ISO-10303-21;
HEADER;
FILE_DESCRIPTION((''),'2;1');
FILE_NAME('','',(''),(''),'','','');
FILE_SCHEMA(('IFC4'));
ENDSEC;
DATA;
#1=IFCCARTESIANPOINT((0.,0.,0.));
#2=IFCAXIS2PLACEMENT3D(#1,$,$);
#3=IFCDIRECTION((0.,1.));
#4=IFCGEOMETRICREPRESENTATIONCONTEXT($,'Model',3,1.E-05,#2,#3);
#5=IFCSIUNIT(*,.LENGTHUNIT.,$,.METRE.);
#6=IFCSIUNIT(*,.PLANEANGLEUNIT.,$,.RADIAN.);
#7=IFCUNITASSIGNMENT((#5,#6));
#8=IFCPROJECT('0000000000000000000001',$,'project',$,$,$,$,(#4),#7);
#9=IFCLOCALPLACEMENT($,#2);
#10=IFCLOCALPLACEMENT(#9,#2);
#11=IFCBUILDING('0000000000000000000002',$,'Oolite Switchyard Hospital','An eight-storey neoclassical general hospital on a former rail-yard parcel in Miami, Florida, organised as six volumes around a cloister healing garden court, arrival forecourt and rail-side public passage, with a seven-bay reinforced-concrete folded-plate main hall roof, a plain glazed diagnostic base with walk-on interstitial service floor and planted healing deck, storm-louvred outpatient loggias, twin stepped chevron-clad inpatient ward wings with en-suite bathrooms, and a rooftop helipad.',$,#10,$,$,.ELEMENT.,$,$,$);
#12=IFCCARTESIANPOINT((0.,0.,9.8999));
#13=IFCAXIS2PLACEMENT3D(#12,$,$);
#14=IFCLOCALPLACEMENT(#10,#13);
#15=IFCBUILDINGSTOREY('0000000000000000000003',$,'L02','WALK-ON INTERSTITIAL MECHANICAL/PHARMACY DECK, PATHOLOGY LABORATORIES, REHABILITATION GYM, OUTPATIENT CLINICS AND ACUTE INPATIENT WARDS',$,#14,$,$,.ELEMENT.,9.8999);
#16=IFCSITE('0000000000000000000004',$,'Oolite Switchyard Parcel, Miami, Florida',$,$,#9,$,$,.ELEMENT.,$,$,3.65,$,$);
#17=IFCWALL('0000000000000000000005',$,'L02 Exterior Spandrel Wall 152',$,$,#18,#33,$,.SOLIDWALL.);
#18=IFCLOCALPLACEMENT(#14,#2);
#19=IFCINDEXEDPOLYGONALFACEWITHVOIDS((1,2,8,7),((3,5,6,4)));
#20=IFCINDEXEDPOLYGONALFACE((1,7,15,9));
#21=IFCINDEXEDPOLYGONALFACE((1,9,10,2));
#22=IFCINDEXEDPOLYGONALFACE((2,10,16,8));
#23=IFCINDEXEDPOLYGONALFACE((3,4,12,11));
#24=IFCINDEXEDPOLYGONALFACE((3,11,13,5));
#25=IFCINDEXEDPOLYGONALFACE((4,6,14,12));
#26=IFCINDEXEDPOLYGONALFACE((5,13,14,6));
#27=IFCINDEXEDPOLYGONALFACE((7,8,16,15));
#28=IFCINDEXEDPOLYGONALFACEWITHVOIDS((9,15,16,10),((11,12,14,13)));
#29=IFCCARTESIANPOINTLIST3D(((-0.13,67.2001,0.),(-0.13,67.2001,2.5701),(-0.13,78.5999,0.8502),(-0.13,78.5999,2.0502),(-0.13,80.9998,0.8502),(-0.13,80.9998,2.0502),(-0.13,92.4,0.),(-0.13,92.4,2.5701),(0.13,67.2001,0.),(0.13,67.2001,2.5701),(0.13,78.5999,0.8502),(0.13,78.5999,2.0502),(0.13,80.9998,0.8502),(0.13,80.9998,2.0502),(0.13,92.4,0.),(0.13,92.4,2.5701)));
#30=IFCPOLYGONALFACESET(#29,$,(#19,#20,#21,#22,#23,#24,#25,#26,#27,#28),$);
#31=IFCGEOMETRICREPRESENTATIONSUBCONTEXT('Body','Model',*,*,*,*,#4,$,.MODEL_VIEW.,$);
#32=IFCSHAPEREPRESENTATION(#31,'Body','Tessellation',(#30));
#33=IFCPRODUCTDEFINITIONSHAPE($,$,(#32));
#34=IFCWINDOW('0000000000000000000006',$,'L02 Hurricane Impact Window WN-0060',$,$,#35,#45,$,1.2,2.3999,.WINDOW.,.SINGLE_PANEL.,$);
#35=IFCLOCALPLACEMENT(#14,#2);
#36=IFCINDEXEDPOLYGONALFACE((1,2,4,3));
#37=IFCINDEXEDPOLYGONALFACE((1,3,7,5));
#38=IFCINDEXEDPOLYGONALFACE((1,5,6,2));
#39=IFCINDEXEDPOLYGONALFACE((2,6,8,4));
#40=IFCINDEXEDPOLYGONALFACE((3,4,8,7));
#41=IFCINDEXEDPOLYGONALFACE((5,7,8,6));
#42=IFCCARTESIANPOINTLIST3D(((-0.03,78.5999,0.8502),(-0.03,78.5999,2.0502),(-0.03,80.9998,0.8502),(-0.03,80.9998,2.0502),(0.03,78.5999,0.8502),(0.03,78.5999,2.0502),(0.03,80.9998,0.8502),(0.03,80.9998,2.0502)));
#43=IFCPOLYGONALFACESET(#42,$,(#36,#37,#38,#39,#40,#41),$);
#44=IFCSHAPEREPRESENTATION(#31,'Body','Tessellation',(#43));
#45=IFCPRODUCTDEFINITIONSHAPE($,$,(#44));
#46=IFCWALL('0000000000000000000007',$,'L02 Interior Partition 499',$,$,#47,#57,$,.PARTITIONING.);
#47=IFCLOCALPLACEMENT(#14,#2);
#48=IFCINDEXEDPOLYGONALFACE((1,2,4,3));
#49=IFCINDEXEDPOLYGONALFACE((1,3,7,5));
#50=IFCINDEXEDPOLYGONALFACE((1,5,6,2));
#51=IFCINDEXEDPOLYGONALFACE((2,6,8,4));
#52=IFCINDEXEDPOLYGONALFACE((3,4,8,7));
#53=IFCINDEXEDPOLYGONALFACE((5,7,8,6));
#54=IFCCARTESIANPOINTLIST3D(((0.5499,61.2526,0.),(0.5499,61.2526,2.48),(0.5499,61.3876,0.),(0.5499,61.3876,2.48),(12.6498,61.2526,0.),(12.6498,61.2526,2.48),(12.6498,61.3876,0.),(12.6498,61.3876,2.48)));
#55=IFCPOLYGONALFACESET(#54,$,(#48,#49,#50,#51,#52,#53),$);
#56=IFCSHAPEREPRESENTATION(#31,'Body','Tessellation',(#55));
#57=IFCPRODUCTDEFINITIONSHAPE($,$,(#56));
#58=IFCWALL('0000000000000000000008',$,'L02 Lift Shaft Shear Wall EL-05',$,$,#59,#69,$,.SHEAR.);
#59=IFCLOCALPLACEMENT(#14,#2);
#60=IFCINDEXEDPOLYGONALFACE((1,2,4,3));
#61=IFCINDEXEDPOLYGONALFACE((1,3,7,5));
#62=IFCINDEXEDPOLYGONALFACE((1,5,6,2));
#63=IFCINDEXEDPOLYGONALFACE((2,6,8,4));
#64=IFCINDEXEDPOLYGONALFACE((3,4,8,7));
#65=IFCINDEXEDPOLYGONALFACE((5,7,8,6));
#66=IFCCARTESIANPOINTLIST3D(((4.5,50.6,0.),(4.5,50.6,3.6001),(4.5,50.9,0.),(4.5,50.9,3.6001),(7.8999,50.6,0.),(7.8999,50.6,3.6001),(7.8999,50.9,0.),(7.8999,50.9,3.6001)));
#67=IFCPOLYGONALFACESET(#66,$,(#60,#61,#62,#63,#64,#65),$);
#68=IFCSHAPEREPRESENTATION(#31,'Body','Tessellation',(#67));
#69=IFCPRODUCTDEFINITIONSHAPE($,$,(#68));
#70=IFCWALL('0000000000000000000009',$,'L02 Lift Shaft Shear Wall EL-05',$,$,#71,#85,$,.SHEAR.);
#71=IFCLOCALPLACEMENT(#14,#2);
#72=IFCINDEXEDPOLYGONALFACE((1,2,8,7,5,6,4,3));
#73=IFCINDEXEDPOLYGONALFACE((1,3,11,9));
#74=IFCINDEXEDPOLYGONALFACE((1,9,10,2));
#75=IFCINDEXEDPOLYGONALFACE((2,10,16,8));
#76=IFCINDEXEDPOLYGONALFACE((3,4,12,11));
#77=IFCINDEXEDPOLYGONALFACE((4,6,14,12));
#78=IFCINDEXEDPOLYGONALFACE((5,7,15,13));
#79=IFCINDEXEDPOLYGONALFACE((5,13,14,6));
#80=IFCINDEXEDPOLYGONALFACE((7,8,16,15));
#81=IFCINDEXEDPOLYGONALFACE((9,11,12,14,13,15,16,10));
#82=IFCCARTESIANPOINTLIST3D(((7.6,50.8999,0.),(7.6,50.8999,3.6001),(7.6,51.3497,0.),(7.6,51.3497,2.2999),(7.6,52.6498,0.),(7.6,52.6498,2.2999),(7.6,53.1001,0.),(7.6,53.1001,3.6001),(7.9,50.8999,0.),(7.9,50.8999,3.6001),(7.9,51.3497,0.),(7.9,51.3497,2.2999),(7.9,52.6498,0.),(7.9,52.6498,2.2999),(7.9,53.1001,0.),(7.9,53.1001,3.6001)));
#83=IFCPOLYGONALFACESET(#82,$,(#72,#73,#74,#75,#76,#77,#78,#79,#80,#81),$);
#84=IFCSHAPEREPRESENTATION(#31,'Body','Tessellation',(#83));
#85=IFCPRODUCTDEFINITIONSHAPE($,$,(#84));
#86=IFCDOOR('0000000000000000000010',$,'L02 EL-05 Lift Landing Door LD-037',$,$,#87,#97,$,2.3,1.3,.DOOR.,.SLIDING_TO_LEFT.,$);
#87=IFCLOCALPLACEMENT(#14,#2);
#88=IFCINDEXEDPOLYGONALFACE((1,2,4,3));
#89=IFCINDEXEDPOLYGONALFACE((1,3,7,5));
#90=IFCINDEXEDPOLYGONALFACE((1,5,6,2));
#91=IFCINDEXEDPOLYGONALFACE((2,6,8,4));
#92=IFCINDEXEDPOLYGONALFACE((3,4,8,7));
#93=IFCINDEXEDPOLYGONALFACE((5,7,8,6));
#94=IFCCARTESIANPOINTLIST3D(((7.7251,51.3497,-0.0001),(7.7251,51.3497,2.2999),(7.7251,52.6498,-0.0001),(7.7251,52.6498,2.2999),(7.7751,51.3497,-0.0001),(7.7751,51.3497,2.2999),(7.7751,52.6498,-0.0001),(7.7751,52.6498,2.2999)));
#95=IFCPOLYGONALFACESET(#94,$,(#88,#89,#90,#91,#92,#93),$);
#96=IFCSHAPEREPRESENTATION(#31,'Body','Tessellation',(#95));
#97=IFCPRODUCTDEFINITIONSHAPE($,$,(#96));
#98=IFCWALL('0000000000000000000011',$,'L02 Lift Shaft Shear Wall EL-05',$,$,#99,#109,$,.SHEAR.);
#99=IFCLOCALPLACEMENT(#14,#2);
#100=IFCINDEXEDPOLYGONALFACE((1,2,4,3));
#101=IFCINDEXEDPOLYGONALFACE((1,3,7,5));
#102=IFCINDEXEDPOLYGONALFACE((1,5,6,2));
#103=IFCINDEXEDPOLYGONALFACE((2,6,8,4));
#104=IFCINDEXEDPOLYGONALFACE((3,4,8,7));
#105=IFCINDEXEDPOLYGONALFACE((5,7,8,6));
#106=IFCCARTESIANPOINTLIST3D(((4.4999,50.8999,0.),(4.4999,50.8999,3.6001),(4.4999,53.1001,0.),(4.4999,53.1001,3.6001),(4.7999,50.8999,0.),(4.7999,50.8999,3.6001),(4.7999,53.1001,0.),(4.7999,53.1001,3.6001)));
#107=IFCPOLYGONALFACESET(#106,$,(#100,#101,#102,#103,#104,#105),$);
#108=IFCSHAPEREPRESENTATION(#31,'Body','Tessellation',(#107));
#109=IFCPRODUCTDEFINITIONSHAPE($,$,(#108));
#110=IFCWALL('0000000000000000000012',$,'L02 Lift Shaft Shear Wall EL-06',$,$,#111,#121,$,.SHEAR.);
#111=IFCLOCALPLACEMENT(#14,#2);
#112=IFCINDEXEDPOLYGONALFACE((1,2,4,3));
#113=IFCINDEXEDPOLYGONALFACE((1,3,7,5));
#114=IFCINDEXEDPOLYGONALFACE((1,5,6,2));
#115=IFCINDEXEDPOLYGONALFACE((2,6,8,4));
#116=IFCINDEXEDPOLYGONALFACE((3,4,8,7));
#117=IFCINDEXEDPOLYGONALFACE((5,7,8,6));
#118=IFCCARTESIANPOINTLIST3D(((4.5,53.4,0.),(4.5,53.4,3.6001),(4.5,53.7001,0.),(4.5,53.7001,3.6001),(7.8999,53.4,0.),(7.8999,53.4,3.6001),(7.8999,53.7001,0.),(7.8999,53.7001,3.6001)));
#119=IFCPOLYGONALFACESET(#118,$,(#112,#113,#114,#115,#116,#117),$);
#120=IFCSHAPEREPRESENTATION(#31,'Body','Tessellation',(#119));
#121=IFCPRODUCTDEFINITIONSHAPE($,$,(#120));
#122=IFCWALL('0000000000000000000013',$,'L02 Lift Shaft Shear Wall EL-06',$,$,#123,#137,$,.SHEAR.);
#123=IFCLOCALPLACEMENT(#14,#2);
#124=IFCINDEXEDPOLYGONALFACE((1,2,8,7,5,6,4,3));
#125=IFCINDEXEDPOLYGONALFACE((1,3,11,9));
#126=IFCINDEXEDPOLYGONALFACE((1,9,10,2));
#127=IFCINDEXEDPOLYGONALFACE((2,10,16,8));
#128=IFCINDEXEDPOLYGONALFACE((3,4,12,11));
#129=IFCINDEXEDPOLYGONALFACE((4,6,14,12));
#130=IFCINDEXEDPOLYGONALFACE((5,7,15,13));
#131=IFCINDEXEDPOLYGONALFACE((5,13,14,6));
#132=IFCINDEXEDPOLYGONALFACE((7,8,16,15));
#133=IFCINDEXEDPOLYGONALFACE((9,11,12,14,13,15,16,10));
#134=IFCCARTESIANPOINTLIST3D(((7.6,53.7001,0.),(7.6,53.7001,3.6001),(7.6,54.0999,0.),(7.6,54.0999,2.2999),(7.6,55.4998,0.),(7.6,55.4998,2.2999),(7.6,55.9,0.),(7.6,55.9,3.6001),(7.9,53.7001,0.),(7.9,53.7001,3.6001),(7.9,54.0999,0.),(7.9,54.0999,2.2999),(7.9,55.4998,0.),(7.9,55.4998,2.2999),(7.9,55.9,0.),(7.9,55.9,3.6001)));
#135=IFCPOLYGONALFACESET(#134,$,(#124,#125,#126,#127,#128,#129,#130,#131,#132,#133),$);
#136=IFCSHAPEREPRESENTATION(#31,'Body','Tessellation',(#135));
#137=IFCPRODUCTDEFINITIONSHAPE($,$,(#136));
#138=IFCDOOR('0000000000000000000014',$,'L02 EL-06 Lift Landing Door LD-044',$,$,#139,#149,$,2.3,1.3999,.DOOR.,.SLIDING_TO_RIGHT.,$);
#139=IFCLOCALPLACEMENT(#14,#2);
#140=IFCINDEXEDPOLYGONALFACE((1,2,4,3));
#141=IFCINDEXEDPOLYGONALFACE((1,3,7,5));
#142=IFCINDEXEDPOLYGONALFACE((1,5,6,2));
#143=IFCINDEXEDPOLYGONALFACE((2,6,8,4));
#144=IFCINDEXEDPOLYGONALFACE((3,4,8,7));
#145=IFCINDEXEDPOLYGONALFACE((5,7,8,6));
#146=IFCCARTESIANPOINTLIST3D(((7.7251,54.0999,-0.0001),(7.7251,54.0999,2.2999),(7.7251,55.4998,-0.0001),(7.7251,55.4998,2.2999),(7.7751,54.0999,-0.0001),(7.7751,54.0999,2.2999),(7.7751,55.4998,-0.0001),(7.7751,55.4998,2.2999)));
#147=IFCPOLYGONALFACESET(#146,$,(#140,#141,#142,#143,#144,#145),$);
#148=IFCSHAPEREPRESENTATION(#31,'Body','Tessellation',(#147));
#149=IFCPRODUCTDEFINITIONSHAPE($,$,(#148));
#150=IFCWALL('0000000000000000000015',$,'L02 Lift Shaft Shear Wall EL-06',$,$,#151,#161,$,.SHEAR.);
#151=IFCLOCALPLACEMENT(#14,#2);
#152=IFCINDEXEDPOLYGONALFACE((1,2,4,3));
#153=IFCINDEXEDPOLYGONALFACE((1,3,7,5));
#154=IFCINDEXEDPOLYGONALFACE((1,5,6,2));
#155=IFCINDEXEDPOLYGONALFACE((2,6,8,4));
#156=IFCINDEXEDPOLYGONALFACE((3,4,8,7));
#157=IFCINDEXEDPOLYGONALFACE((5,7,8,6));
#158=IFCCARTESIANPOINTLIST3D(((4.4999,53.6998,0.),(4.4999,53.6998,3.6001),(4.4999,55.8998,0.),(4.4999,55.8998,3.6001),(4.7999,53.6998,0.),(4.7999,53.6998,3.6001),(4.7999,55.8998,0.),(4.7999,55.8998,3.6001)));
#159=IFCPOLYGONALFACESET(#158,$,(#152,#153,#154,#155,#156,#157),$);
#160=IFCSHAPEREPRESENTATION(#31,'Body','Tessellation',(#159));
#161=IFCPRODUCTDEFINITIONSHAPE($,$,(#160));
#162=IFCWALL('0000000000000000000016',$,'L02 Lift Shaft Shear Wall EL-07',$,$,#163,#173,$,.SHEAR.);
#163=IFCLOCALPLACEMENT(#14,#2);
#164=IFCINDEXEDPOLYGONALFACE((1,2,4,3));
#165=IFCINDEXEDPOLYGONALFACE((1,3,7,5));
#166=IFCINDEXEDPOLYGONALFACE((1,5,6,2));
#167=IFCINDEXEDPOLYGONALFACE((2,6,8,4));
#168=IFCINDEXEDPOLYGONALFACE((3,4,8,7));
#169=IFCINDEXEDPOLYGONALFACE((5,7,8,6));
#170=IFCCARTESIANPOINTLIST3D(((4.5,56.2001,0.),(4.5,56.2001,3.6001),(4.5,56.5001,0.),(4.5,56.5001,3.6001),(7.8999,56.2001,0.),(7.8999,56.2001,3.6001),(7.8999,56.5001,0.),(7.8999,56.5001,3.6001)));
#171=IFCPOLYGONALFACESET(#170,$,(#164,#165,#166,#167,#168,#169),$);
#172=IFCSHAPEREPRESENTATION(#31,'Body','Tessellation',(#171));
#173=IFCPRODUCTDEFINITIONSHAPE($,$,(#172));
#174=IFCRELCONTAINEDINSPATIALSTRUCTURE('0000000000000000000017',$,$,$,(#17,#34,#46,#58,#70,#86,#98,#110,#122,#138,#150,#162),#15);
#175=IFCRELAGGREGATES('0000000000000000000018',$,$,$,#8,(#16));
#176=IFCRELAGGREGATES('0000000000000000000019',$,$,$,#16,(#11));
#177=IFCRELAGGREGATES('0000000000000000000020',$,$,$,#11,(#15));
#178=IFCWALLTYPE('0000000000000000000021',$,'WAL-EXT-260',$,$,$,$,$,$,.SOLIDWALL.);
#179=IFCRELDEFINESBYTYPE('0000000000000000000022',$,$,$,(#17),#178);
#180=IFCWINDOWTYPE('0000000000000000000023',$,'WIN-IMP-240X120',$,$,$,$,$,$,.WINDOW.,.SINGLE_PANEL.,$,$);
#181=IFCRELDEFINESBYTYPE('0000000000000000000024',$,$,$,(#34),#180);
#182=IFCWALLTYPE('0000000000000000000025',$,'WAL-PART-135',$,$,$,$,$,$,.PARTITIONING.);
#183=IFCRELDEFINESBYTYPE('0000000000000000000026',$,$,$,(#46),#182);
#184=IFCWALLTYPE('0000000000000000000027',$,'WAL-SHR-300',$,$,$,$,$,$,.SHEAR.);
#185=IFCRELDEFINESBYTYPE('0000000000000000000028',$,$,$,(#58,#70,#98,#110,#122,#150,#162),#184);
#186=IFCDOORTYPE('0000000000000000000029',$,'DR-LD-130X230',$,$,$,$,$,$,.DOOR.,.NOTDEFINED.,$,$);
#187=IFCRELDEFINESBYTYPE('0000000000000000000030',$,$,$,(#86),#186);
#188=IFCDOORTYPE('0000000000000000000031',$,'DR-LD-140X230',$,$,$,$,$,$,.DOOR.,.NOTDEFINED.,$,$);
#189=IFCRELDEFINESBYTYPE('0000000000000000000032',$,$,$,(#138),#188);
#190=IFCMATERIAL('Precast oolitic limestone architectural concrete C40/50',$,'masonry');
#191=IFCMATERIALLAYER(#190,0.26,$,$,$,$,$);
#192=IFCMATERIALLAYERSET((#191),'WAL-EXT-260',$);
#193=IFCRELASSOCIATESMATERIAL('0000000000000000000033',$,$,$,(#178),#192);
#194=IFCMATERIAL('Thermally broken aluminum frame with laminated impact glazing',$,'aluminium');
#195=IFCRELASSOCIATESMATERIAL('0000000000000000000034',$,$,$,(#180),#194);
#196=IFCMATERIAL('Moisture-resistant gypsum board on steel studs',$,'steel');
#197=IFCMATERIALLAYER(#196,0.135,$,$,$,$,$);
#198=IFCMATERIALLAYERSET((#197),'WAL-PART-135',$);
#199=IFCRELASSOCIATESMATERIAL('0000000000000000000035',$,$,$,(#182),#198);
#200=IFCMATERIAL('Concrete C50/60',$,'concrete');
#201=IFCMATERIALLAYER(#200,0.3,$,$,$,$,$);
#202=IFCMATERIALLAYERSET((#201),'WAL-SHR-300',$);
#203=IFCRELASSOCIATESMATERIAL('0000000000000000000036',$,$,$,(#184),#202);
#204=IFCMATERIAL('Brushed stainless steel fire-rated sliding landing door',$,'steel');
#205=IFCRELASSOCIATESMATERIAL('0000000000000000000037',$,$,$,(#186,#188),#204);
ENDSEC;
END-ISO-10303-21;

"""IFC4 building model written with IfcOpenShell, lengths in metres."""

from ifc_helpers import new_model, si_unit, direction, frame, frame_2d, origin, place, context, subcontext, project, spatial, rectangle, extrude, material, layer, layer_set, type_object, element, fill, save


model = new_model("IFC4")

# Units and contexts
model_context = context("Model", 3, precision=1e-05, world=origin(), true_north=direction((0.0, 1.0)))
body_context = subcontext(model_context, "Body", "Model", "MODEL_VIEW")
ifc_project = project(units=[si_unit("LENGTHUNIT", "METRE"), si_unit("PLANEANGLEUNIT", "RADIAN")], contexts=[model_context])

# Site, building, storey
site_placement = place(None, origin())
site = spatial("IfcSite", under=ifc_project, at=site_placement, Name="Oolite Switchyard Parcel, Miami, Florida", CompositionType="ELEMENT", RefElevation=3.65)
building_placement = place(site_placement, origin())
building = spatial("IfcBuilding", under=site, at=building_placement, Name="Oolite Switchyard Hospital", Description="An eight-storey neoclassical general hospital on a former rail-yard parcel in Miami, Florida, organised as six volumes around a cloister healing garden court, arrival forecourt and rail-side public passage, with a seven-bay reinforced-concrete folded-plate main hall roof, a plain glazed diagnostic base with walk-on interstitial service floor and planted healing deck, storm-louvred outpatient loggias, twin stepped chevron-clad inpatient ward wings with en-suite bathrooms, and a rooftop helipad.", CompositionType="ELEMENT")
storey_placement = place(building_placement, frame((0.0, 0.0, 9.8999)))
storey = spatial("IfcBuildingStorey", under=building, at=storey_placement, Name="L02", Description="WALK-ON INTERSTITIAL MECHANICAL/PHARMACY DECK, PATHOLOGY LABORATORIES, REHABILITATION GYM, OUTPATIENT CLINICS AND ACUTE INPATIENT WARDS", CompositionType="ELEMENT", Elevation=9.8999)

# Shared definitions
ifc_material_1 = material(Name="Concrete C50/60", Category="concrete")

# Shared definitions
ifc_material_2 = material(Name="Precast oolitic limestone architectural concrete C40/50", Category="masonry")
ifc_layer_1 = layer(ifc_material_2, 0.26)
ifc_layer_set_1 = layer_set([ifc_layer_1], Name="WAL-EXT-260")
wall_type_1 = type_object("IfcWallType", Name="WAL-EXT-260", PredefinedType="SOLIDWALL", material=ifc_layer_set_1)

# Wall, opening, window
wall_1_placement = place(storey_placement, frame((0.0, 67.2, 0.0), z_axis=(0.0, 0.0, 1.0), x_axis=(0.0, 1.0, 0.0)))
wall_1 = element("IfcWall", 1, at=wall_1_placement, inside=storey, type_object=wall_type_1, Name="L02 Exterior Spandrel Wall 152", PredefinedType="SOLIDWALL", context=body_context, shape_type="SweptSolid", body=[
    extrude(rectangle(XDim=25.2, YDim=0.26, at=frame_2d((12.6001, 0.0))), origin(), (0.0, 0.0, 1.0), 2.5701),
])
opening_1_placement = place(wall_1_placement, frame((11.3999, 0.0, 0.8501)))
opening_1 = element("IfcOpeningElement", 2, at=opening_1_placement, cuts=wall_1, PredefinedType="OPENING", context=body_context, shape_type="SweptSolid", body=[
    extrude(rectangle(XDim=2.3999, YDim=1.2, at=frame_2d((1.2, 0.6001))), frame((0.0, 0.1401, 0.0), z_axis=(0.0, -1.0, 0.0), x_axis=(1.0, 0.0, 0.0)), (0.0, 0.0, 1.0), 0.28),
])
ifc_material_3 = material(Name="Thermally broken aluminum frame with laminated impact glazing", Category="aluminium")
window_type = type_object("IfcWindowType", Name="WIN-IMP-240X120", PartitioningType="SINGLE_PANEL", PredefinedType="WINDOW", material=ifc_material_3)
window_placement = place(opening_1_placement, origin())
window = element("IfcWindow", 3, at=window_placement, inside=storey, type_object=window_type, Name="L02 Hurricane Impact Window WN-0060", OverallHeight=1.2, OverallWidth=2.3999, PartitioningType="SINGLE_PANEL", PredefinedType="WINDOW", context=body_context, shape_type="SweptSolid", body=[
    extrude(rectangle(XDim=2.3999, YDim=1.2, at=frame_2d((1.2, 0.6001))), frame((0.0, 0.03, 0.0), z_axis=(0.0, -1.0, 0.0), x_axis=(1.0, 0.0, 0.0)), (0.0, 0.0, 1.0), 0.0601),
])
fill(opening_1, window)

# Walls
ifc_material_4 = material(Name="Moisture-resistant gypsum board on steel studs", Category="steel")
ifc_layer_2 = layer(ifc_material_4, 0.135)
ifc_layer_set_2 = layer_set([ifc_layer_2], Name="WAL-PART-135")
wall_type_2 = type_object("IfcWallType", Name="WAL-PART-135", PredefinedType="PARTITIONING", material=ifc_layer_set_2)
wall_2_placement = place(storey_placement, frame((0.55, 61.3201, 0.0), z_axis=(0.0, 0.0, 1.0), x_axis=(1.0, 0.0, 0.0)))
element("IfcWall", 4, at=wall_2_placement, inside=storey, type_object=wall_type_2, Name="L02 Interior Partition 499", PredefinedType="PARTITIONING", context=body_context, shape_type="SweptSolid", body=[
    extrude(rectangle(XDim=12.0999, YDim=0.135, at=frame_2d((6.0498, 0.0))), origin(), (0.0, 0.0, 1.0), 2.48),
])
ifc_layer_3 = layer(ifc_material_1, 0.3)
ifc_layer_set_3 = layer_set([ifc_layer_3], Name="WAL-SHR-300")
wall_type_3 = type_object("IfcWallType", Name="WAL-SHR-300", PredefinedType="SHEAR", material=ifc_layer_set_3)
wall_3_placement = place(storey_placement, frame((4.5, 50.75, 0.0), z_axis=(0.0, 0.0, 1.0), x_axis=(1.0, 0.0, 0.0)))
element("IfcWall", 5, at=wall_3_placement, inside=storey, type_object=wall_type_3, Name="L02 Lift Shaft Shear Wall EL-05", PredefinedType="SHEAR", context=body_context, shape_type="SweptSolid", body=[
    extrude(rectangle(XDim=3.3999, YDim=0.3, at=frame_2d((1.7, 0.0))), origin(), (0.0, 0.0, 1.0), 3.6001),
])

# Wall, opening, door
wall_4_placement = place(storey_placement, frame((7.75, 50.8999, 0.0), z_axis=(0.0, 0.0, 1.0), x_axis=(0.0, 1.0, 0.0)))
wall_4 = element("IfcWall", 6, at=wall_4_placement, inside=storey, type_object=wall_type_3, Name="L02 Lift Shaft Shear Wall EL-05", PredefinedType="SHEAR", context=body_context, shape_type="SweptSolid", body=[
    extrude(rectangle(XDim=2.2002, YDim=0.3, at=frame_2d((1.1001, 0.0))), origin(), (0.0, 0.0, 1.0), 3.6001),
])
opening_2_placement = place(wall_4_placement, frame((0.45, 0.0, 0.0)))
opening_2 = element("IfcOpeningElement", 7, at=opening_2_placement, cuts=wall_4, PredefinedType="OPENING", context=body_context, shape_type="SweptSolid", body=[
    extrude(rectangle(XDim=1.3, YDim=2.3, at=frame_2d((0.6499, 1.1499))), frame((0.0, 0.1602, 0.0), z_axis=(0.0, -1.0, 0.0), x_axis=(1.0, 0.0, 0.0)), (0.0, 0.0, 1.0), 0.3201),
])
ifc_material_5 = material(Name="Brushed stainless steel fire-rated sliding landing door", Category="steel")
door_type_1 = type_object("IfcDoorType", Name="DR-LD-130X230", OperationType="NOTDEFINED", PredefinedType="DOOR", material=ifc_material_5)
door_1_placement = place(opening_2_placement, origin())
door_1 = element("IfcDoor", 8, at=door_1_placement, inside=storey, type_object=door_type_1, Name="L02 EL-05 Lift Landing Door LD-037", OperationType="SLIDING_TO_LEFT", OverallHeight=2.3, OverallWidth=1.3, PredefinedType="DOOR", context=body_context, shape_type="SweptSolid", body=[
    extrude(rectangle(XDim=1.3, YDim=2.3, at=frame_2d((0.6499, 1.1499))), frame((0.0, 0.0249, 0.0), z_axis=(0.0, -1.0, 0.0), x_axis=(1.0, 0.0, 0.0)), (0.0, 0.0, 1.0), 0.05),
])
fill(opening_2, door_1)

# Walls
wall_5_placement = place(storey_placement, frame((4.6499, 53.1001, 0.0), z_axis=(0.0, 0.0, 1.0), x_axis=(0.0, -1.0, 0.0)))
element("IfcWall", 9, at=wall_5_placement, inside=storey, type_object=wall_type_3, Name="L02 Lift Shaft Shear Wall EL-05", PredefinedType="SHEAR", context=body_context, shape_type="SweptSolid", body=[
    extrude(rectangle(XDim=2.2002, YDim=0.3, at=frame_2d((1.1001, 0.0))), origin(), (0.0, 0.0, 1.0), 3.6001),
])
wall_6_placement = place(storey_placement, frame((4.5, 53.55, 0.0), z_axis=(0.0, 0.0, 1.0), x_axis=(1.0, 0.0, 0.0)))
element("IfcWall", 10, at=wall_6_placement, inside=storey, type_object=wall_type_3, Name="L02 Lift Shaft Shear Wall EL-06", PredefinedType="SHEAR", context=body_context, shape_type="SweptSolid", body=[
    extrude(rectangle(XDim=3.3999, YDim=0.3, at=frame_2d((1.7, 0.0))), origin(), (0.0, 0.0, 1.0), 3.6001),
])

# Wall, opening, door
wall_7_placement = place(storey_placement, frame((7.75, 53.7, 0.0), z_axis=(0.0, 0.0, 1.0), x_axis=(0.0, 1.0, 0.0)))
wall_7 = element("IfcWall", 11, at=wall_7_placement, inside=storey, type_object=wall_type_3, Name="L02 Lift Shaft Shear Wall EL-06", PredefinedType="SHEAR", context=body_context, shape_type="SweptSolid", body=[
    extrude(rectangle(XDim=2.2, YDim=0.3, at=frame_2d((1.1001, 0.0))), origin(), (0.0, 0.0, 1.0), 3.6001),
])
opening_3_placement = place(wall_7_placement, frame((0.3999, 0.0, 0.0)))
opening_3 = element("IfcOpeningElement", 12, at=opening_3_placement, cuts=wall_7, PredefinedType="OPENING", context=body_context, shape_type="SweptSolid", body=[
    extrude(rectangle(XDim=1.3999, YDim=2.3, at=frame_2d((0.7, 1.1499))), frame((0.0, 0.1602, 0.0), z_axis=(0.0, -1.0, 0.0), x_axis=(1.0, 0.0, 0.0)), (0.0, 0.0, 1.0), 0.3201),
])
door_type_2 = type_object("IfcDoorType", Name="DR-LD-140X230", OperationType="NOTDEFINED", PredefinedType="DOOR", material=ifc_material_5)
door_2_placement = place(opening_3_placement, origin())
door_2 = element("IfcDoor", 13, at=door_2_placement, inside=storey, type_object=door_type_2, Name="L02 EL-06 Lift Landing Door LD-044", OperationType="SLIDING_TO_RIGHT", OverallHeight=2.3, OverallWidth=1.3999, PredefinedType="DOOR", context=body_context, shape_type="SweptSolid", body=[
    extrude(rectangle(XDim=1.3999, YDim=2.3, at=frame_2d((0.7, 1.1499))), frame((0.0, 0.0249, 0.0), z_axis=(0.0, -1.0, 0.0), x_axis=(1.0, 0.0, 0.0)), (0.0, 0.0, 1.0), 0.05),
])
fill(opening_3, door_2)

# Walls
wall_8_placement = place(storey_placement, frame((4.6499, 55.8999, 0.0), z_axis=(0.0, 0.0, 1.0), x_axis=(0.0, -1.0, 0.0)))
element("IfcWall", 14, at=wall_8_placement, inside=storey, type_object=wall_type_3, Name="L02 Lift Shaft Shear Wall EL-06", PredefinedType="SHEAR", context=body_context, shape_type="SweptSolid", body=[
    extrude(rectangle(XDim=2.2, YDim=0.3, at=frame_2d((1.1001, 0.0))), origin(), (0.0, 0.0, 1.0), 3.6001),
])
wall_9_placement = place(storey_placement, frame((4.5, 56.3501, 0.0), z_axis=(0.0, 0.0, 1.0), x_axis=(1.0, 0.0, 0.0)))
element("IfcWall", 15, at=wall_9_placement, inside=storey, type_object=wall_type_3, Name="L02 Lift Shaft Shear Wall EL-07", PredefinedType="SHEAR", context=body_context, shape_type="SweptSolid", body=[
    extrude(rectangle(XDim=3.3999, YDim=0.3, at=frame_2d((1.7, 0.0))), origin(), (0.0, 0.0, 1.0), 3.6001),
])

save(model, "model.ifc")
